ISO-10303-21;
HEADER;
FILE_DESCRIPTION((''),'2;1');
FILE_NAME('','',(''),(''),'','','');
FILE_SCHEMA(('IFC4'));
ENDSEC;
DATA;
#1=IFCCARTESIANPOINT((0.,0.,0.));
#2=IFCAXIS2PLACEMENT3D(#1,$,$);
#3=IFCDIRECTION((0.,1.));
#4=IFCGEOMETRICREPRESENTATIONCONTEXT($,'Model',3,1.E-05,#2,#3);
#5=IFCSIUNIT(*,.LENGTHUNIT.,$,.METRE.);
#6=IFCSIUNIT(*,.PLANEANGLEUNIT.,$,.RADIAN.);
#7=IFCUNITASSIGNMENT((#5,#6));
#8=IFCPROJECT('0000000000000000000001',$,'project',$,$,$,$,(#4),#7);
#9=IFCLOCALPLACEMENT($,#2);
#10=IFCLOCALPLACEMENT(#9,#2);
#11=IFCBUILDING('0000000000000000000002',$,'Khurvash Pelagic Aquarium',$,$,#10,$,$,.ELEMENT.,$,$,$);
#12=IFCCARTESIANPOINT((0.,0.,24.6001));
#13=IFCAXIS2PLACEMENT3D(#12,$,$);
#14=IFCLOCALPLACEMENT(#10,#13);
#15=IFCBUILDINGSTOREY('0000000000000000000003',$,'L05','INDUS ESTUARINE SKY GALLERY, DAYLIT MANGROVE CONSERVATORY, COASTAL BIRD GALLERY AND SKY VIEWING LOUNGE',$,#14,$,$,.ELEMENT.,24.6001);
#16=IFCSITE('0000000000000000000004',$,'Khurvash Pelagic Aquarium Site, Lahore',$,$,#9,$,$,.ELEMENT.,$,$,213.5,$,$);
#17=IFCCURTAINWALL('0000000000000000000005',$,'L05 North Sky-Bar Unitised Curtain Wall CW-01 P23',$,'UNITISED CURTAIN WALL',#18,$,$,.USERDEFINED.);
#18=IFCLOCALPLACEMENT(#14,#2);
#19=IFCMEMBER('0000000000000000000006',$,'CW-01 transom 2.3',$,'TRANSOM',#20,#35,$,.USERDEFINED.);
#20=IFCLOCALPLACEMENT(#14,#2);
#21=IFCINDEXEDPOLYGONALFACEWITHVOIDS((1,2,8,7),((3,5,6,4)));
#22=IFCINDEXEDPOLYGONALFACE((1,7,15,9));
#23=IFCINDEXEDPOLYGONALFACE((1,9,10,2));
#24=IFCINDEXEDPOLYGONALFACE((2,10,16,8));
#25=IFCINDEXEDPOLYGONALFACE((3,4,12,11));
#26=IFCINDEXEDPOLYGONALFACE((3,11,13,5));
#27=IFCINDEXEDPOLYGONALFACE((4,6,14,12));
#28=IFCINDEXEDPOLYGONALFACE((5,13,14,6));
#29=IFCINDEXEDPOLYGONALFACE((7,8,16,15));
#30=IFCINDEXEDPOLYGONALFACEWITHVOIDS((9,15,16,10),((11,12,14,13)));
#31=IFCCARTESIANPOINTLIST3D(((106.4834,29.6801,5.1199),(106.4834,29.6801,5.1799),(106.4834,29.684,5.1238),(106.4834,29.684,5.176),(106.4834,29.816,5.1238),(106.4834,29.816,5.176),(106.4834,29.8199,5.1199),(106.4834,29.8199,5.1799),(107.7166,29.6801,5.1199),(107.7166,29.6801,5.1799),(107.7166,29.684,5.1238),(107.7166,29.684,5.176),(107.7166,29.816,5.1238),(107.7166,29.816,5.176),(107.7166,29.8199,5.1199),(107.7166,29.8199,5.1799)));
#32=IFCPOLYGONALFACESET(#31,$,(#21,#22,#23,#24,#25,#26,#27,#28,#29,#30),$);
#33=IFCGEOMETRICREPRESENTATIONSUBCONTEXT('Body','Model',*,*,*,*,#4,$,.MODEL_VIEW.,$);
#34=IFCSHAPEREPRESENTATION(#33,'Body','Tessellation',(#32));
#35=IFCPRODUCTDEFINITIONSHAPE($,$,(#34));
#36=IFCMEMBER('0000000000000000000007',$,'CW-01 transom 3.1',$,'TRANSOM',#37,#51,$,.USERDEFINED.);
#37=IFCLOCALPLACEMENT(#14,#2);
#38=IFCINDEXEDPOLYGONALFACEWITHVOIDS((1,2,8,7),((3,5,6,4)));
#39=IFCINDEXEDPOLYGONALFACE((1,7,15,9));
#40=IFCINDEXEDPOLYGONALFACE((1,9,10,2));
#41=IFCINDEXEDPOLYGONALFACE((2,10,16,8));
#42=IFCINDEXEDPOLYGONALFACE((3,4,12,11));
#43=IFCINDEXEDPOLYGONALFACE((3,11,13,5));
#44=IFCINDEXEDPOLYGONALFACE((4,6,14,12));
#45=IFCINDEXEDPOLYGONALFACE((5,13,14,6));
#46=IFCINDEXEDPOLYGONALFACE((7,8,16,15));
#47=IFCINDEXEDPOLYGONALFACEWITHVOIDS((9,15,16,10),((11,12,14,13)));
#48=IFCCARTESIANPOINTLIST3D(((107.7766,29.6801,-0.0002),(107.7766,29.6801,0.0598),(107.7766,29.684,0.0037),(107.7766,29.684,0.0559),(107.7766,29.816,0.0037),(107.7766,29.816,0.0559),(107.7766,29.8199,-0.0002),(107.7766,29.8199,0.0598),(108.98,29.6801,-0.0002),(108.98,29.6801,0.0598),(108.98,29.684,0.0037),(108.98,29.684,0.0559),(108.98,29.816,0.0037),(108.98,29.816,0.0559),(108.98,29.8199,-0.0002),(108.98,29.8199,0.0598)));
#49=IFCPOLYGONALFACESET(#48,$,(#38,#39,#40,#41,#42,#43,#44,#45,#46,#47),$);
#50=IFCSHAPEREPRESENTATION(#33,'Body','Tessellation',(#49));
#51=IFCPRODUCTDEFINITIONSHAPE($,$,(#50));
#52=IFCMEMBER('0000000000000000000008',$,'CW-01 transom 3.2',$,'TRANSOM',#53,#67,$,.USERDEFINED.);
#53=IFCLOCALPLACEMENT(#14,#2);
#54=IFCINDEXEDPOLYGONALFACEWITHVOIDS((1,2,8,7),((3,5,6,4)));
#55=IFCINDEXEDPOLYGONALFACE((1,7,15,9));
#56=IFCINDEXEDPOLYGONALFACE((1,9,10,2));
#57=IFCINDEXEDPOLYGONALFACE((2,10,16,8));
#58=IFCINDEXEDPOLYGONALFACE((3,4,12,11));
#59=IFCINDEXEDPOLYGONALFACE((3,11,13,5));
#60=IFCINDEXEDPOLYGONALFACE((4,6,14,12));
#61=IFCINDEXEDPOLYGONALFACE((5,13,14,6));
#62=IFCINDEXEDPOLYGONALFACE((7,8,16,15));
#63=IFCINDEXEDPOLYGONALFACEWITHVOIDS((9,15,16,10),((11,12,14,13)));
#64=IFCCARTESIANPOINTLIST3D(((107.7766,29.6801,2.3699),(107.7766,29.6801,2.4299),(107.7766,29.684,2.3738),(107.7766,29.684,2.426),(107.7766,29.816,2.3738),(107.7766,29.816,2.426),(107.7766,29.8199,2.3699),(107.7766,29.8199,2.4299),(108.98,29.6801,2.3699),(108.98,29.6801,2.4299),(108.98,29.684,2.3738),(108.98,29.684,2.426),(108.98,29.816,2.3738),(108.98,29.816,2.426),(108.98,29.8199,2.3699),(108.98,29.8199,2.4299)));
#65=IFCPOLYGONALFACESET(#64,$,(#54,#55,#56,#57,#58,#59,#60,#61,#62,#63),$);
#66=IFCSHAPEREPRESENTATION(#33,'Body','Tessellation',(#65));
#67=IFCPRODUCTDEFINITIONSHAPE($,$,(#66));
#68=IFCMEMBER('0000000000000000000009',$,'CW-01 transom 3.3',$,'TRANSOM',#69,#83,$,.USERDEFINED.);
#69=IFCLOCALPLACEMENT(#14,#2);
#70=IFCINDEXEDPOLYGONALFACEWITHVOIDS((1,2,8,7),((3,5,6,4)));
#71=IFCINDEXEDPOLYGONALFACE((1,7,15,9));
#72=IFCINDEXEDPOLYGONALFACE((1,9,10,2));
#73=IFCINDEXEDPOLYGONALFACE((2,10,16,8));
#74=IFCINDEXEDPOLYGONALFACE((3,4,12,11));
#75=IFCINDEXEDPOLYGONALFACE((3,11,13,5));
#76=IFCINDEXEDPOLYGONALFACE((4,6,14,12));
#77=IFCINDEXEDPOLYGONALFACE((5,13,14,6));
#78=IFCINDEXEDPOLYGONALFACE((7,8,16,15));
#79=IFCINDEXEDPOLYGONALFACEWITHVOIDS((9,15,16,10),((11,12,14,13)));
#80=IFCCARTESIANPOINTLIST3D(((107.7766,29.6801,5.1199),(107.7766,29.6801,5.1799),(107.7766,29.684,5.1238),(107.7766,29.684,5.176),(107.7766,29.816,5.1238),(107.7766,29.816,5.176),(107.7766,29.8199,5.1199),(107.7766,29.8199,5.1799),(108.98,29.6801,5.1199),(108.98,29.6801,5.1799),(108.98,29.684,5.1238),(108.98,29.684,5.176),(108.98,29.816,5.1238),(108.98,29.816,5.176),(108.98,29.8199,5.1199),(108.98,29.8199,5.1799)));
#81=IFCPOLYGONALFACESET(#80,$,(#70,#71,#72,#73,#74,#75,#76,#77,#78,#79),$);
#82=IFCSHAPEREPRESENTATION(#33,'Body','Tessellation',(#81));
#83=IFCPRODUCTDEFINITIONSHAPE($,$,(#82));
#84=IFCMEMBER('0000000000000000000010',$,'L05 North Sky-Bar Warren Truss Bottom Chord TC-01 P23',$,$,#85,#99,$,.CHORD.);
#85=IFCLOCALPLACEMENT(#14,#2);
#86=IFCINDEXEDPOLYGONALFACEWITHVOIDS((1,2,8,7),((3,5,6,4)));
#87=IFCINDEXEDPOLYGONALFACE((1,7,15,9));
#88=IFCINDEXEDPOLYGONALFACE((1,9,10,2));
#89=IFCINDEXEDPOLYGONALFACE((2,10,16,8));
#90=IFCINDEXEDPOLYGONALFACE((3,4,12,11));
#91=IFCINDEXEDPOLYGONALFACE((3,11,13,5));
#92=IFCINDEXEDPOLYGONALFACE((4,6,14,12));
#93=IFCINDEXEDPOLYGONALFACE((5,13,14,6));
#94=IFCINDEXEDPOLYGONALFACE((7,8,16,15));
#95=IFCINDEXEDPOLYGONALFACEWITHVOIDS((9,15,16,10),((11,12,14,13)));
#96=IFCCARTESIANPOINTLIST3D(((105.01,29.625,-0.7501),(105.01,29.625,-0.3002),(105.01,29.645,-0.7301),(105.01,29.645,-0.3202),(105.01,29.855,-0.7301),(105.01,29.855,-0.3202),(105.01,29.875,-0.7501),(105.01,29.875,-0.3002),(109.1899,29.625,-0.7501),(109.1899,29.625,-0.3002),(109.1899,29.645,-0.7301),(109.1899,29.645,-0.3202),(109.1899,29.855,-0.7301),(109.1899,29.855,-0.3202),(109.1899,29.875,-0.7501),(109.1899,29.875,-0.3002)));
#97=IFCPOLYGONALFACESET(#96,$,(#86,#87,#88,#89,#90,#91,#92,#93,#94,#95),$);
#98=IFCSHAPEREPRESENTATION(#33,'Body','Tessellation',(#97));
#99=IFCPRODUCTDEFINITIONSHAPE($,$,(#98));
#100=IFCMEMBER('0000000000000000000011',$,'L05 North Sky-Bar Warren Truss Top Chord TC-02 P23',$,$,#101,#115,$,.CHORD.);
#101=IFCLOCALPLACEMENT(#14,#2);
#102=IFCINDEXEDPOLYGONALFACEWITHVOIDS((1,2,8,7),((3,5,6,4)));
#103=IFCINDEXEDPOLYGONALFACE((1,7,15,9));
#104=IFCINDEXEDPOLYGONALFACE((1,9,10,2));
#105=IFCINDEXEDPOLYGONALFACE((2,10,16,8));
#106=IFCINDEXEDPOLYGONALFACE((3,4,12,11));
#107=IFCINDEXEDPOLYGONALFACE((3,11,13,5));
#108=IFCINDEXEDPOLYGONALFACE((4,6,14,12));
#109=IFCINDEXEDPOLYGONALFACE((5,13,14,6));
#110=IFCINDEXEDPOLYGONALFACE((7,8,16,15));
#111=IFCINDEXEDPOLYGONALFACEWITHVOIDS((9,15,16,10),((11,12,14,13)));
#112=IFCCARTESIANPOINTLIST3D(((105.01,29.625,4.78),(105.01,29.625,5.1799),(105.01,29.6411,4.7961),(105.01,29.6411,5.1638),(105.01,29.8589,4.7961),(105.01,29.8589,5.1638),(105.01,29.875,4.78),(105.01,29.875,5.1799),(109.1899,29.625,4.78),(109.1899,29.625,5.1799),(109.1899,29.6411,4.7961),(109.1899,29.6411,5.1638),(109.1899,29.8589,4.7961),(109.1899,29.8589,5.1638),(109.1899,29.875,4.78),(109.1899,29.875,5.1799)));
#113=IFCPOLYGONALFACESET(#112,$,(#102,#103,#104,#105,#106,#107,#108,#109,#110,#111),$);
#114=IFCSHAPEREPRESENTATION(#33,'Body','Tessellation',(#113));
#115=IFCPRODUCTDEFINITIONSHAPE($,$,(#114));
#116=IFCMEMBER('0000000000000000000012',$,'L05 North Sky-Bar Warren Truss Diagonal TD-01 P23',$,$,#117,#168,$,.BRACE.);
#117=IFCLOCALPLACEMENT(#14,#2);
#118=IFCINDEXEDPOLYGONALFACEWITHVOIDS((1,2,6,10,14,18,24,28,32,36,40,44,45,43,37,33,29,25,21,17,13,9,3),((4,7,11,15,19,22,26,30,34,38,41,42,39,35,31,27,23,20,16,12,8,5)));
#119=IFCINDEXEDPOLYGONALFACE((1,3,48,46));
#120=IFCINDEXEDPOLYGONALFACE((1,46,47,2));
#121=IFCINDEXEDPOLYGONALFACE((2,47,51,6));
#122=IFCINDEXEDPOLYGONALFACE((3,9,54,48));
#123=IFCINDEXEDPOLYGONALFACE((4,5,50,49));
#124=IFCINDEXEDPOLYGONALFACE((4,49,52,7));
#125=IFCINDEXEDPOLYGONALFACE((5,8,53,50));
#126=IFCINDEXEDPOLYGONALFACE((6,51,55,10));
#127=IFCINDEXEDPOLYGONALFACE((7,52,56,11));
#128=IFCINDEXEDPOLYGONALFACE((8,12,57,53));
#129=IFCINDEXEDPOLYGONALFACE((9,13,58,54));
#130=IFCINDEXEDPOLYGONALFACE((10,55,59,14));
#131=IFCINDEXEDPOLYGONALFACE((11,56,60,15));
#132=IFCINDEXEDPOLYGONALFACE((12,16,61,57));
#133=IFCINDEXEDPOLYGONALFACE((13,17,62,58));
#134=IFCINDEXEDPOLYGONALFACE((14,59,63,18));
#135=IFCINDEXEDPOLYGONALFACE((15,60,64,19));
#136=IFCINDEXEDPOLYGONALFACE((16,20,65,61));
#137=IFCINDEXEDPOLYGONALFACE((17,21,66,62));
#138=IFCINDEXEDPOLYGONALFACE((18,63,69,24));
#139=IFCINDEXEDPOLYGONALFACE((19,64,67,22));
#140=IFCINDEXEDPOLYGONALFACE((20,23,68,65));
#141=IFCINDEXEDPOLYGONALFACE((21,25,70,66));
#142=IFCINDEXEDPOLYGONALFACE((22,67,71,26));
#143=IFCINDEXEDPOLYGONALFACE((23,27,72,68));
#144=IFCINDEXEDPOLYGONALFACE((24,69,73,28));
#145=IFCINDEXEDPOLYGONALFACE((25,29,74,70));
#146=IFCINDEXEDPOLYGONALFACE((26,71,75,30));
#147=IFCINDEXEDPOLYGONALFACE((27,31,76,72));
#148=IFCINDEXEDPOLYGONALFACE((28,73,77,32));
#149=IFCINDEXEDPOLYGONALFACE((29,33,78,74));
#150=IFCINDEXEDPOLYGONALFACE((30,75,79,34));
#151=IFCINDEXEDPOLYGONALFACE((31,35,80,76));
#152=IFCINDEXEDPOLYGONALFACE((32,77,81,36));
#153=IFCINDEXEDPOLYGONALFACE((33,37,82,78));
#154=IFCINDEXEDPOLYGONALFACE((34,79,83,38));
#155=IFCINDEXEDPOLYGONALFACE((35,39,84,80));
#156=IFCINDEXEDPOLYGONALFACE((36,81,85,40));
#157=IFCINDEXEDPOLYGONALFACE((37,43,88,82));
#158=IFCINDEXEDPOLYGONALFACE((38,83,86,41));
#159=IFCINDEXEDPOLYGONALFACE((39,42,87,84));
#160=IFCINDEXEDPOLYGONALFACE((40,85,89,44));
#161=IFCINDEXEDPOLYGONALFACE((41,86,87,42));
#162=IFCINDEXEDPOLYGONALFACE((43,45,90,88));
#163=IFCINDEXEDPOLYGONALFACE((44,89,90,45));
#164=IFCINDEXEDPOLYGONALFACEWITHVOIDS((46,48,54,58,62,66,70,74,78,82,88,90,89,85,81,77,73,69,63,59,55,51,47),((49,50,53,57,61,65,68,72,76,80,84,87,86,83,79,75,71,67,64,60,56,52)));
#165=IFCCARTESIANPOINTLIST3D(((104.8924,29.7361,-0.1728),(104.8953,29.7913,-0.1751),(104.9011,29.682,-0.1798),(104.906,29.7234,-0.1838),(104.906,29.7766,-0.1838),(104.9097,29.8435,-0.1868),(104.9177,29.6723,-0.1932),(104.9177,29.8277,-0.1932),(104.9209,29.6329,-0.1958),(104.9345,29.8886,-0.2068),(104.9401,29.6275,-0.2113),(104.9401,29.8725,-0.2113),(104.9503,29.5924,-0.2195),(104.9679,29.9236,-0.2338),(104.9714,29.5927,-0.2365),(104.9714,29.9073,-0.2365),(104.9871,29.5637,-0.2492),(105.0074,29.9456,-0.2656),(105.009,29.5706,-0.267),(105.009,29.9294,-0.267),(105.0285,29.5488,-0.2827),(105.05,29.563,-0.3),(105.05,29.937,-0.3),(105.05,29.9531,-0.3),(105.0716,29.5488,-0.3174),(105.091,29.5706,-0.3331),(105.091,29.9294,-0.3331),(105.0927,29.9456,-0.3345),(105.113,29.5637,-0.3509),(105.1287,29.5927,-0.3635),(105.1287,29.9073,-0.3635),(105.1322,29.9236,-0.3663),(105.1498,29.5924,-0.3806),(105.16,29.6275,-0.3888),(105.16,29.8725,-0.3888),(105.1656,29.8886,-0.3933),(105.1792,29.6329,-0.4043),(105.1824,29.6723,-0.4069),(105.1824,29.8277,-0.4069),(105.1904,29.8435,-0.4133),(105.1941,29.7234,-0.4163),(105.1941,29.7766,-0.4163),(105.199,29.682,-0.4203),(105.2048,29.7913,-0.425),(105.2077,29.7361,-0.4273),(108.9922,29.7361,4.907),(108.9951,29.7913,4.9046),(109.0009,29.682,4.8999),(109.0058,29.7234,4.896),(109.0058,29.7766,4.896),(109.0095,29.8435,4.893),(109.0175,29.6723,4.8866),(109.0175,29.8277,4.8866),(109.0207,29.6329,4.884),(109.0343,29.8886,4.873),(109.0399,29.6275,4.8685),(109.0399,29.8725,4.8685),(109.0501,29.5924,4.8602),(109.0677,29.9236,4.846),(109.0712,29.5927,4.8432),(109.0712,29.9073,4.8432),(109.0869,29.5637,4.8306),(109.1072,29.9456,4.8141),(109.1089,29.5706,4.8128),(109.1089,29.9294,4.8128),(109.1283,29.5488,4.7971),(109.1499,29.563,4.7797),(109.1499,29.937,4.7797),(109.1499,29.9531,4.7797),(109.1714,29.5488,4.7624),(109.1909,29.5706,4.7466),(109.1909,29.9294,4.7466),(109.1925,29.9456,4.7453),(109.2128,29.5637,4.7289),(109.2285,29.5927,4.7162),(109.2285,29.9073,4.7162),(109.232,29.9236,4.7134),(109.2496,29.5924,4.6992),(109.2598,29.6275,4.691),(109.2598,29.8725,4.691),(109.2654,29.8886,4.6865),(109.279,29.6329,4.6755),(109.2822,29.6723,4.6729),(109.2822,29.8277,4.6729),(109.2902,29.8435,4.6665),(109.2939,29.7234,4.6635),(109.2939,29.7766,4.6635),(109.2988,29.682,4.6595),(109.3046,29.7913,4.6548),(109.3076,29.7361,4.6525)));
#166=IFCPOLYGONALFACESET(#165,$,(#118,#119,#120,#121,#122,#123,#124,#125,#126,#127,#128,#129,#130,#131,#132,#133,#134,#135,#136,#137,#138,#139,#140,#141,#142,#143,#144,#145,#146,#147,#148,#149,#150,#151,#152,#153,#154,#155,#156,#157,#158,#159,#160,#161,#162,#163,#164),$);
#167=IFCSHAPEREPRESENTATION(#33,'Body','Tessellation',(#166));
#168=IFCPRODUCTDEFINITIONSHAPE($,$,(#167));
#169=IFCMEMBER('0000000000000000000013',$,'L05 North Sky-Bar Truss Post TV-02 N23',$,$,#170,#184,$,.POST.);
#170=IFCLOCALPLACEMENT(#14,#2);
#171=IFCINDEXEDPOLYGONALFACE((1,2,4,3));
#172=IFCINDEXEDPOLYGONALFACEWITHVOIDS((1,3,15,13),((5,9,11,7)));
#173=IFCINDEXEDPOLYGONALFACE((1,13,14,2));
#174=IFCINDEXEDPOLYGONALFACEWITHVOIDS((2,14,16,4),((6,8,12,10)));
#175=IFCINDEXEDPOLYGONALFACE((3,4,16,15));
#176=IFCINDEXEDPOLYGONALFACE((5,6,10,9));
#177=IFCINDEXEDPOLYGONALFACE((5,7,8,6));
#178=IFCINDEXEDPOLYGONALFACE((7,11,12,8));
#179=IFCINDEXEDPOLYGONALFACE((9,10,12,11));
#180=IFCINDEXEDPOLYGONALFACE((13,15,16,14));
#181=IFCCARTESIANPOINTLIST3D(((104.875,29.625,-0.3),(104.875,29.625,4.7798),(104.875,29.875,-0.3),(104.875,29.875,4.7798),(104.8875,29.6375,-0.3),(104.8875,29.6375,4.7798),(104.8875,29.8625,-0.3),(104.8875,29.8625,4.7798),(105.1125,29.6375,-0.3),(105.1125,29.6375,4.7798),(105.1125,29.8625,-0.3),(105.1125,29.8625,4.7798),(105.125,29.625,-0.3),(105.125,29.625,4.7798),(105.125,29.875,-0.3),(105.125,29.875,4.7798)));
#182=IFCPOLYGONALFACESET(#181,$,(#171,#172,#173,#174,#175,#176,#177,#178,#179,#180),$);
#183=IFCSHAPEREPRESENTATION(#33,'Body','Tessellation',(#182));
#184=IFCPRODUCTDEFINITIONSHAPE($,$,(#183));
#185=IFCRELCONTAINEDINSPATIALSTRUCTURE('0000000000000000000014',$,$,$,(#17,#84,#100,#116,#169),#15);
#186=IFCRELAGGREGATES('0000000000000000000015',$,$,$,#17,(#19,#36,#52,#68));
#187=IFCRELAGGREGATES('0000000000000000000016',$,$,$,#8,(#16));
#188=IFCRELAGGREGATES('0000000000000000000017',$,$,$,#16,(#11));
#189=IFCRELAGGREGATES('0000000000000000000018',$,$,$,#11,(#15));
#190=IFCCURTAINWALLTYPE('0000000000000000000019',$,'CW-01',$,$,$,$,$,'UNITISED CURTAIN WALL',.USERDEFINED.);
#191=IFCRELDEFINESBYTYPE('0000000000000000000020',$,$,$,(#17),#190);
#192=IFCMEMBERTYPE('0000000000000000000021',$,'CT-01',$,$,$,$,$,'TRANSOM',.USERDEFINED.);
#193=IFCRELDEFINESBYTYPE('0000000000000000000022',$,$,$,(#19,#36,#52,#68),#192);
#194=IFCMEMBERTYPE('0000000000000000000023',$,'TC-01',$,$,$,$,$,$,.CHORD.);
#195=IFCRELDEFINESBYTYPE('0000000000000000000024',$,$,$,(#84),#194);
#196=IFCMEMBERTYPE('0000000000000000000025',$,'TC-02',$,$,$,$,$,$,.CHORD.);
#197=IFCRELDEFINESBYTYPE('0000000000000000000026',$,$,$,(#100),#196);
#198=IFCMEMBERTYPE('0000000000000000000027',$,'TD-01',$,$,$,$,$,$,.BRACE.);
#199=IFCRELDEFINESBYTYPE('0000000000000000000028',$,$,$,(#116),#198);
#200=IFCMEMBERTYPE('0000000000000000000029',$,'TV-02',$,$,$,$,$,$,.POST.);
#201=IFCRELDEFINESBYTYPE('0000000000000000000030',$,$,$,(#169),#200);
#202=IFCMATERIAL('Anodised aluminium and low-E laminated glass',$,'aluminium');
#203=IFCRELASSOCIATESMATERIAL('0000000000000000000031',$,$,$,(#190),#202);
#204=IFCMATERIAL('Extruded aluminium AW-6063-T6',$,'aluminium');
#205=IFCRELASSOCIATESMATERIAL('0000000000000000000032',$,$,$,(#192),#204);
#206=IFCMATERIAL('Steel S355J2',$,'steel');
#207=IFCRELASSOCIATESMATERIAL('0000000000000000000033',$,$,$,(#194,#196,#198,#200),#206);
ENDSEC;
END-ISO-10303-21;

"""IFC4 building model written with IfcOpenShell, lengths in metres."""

from ifc_helpers import new_model, si_unit, direction, frame, origin, origin_2d, place, context, subcontext, project, spatial, hollow_rectangle, hollow_circle, extrude, material, material_profile, profile_set, type_object, element, aggregate, save


model = new_model("IFC4")

# Units and contexts
model_context = context("Model", 3, precision=1e-05, world=origin(), true_north=direction((0.0, 1.0)))
body_context = subcontext(model_context, "Body", "Model", "MODEL_VIEW")
ifc_project = project(units=[si_unit("LENGTHUNIT", "METRE"), si_unit("PLANEANGLEUNIT", "RADIAN")], contexts=[model_context])

# Site, building, storey
site_placement = place(None, origin())
site = spatial("IfcSite", under=ifc_project, at=site_placement, Name="Khurvash Pelagic Aquarium Site, Lahore", CompositionType="ELEMENT", RefElevation=213.5)
building_placement = place(site_placement, origin())
building = spatial("IfcBuilding", under=site, at=building_placement, Name="Khurvash Pelagic Aquarium", CompositionType="ELEMENT")
storey_placement = place(building_placement, frame((0.0, 0.0, 24.6001)))
storey = spatial("IfcBuildingStorey", under=building, at=storey_placement, Name="L05", Description="INDUS ESTUARINE SKY GALLERY, DAYLIT MANGROVE CONSERVATORY, COASTAL BIRD GALLERY AND SKY VIEWING LOUNGE", CompositionType="ELEMENT", Elevation=24.6001)

# Shared definitions
ifc_material_1 = material(Name="Anodised aluminium and low-E laminated glass", Category="aluminium")
curtain_wall_type = type_object("IfcCurtainWallType", Name="CW-01", ElementType="UNITISED CURTAIN WALL", PredefinedType="USERDEFINED", material=ifc_material_1)
ifc_material_2 = material(Name="Extruded aluminium AW-6063-T6", Category="aluminium")

# Curtain wall
curtain_wall_1_placement = place(storey_placement, origin())
curtain_wall_1 = element("IfcCurtainWall", 1, at=curtain_wall_1_placement, inside=storey, type_object=curtain_wall_type, Name="L05 North Sky-Bar Unitised Curtain Wall CW-01 P23", ObjectType="UNITISED CURTAIN WALL", PredefinedType="USERDEFINED")

# Members
ifc_material_profile_1 = material_profile(ifc_material_2, hollow_rectangle(XDim=0.1399, YDim=0.0601, WallThickness=0.0039, at=origin_2d()), Name="CWT140X60X4")
ifc_profile_set_1 = profile_set([ifc_material_profile_1], Name="Extruded aluminium AW-6063-T6")
member_type_1 = type_object("IfcMemberType", Name="CT-01", ElementType="TRANSOM", PredefinedType="USERDEFINED", material=ifc_profile_set_1)
member_1_placement = place(storey_placement, frame((106.4834, 29.75, 5.1499), z_axis=(1.0, 0.0, 0.0), x_axis=(0.0, 1.0, 0.0)))
member_1 = element("IfcMember", 2, at=member_1_placement, type_object=member_type_1, Name="CW-01 transom 2.3", ObjectType="TRANSOM", PredefinedType="USERDEFINED", context=body_context, shape_type="SweptSolid", body=[
    extrude(hollow_rectangle(XDim=0.1399, YDim=0.0601, WallThickness=0.0039, at=origin_2d()), origin(), (0.0, 0.0, 1.0), 1.2332),
])
member_2_placement = place(storey_placement, frame((107.7766, 29.75, 0.0298), z_axis=(1.0, 0.0, 0.0), x_axis=(0.0, 1.0, 0.0)))
member_2 = element("IfcMember", 3, at=member_2_placement, type_object=member_type_1, Name="CW-01 transom 3.1", ObjectType="TRANSOM", PredefinedType="USERDEFINED", context=body_context, shape_type="SweptSolid", body=[
    extrude(hollow_rectangle(XDim=0.1399, YDim=0.0601, WallThickness=0.0039, at=origin_2d()), origin(), (0.0, 0.0, 1.0), 1.2034),
])
member_3_placement = place(storey_placement, frame((107.7766, 29.75, 2.3999), z_axis=(1.0, 0.0, 0.0), x_axis=(0.0, 1.0, 0.0)))
member_3 = element("IfcMember", 4, at=member_3_placement, type_object=member_type_1, Name="CW-01 transom 3.2", ObjectType="TRANSOM", PredefinedType="USERDEFINED", context=body_context, shape_type="SweptSolid", body=[
    extrude(hollow_rectangle(XDim=0.1399, YDim=0.0601, WallThickness=0.0039, at=origin_2d()), origin(), (0.0, 0.0, 1.0), 1.2034),
])
member_4_placement = place(storey_placement, frame((107.7766, 29.75, 5.1499), z_axis=(1.0, 0.0, 0.0), x_axis=(0.0, 1.0, 0.0)))
member_4 = element("IfcMember", 5, at=member_4_placement, type_object=member_type_1, Name="CW-01 transom 3.3", ObjectType="TRANSOM", PredefinedType="USERDEFINED", context=body_context, shape_type="SweptSolid", body=[
    extrude(hollow_rectangle(XDim=0.1399, YDim=0.0601, WallThickness=0.0039, at=origin_2d()), origin(), (0.0, 0.0, 1.0), 1.2034),
])

# Members
ifc_material_3 = material(Name="Steel S355J2", Category="steel")
ifc_material_profile_2 = material_profile(ifc_material_3, hollow_rectangle(XDim=0.25, YDim=0.45, WallThickness=0.02, at=origin_2d()), Name="RHS450X250X20")
ifc_profile_set_2 = profile_set([ifc_material_profile_2], Name="Steel S355J2")
member_type_2 = type_object("IfcMemberType", Name="TC-01", PredefinedType="CHORD", material=ifc_profile_set_2)
member_5_placement = place(storey_placement, frame((105.01, 29.75, -0.5251), z_axis=(1.0, 0.0, 0.0), x_axis=(0.0, 1.0, 0.0)))
element("IfcMember", 6, at=member_5_placement, inside=storey, type_object=member_type_2, Name="L05 North Sky-Bar Warren Truss Bottom Chord TC-01 P23", PredefinedType="CHORD", context=body_context, shape_type="SweptSolid", body=[
    extrude(hollow_rectangle(XDim=0.25, YDim=0.45, WallThickness=0.02, at=origin_2d()), origin(), (0.0, 0.0, 1.0), 4.1799),
])
ifc_material_profile_3 = material_profile(ifc_material_3, hollow_rectangle(XDim=0.25, YDim=0.3999, WallThickness=0.0161, at=origin_2d()), Name="RHS400X250X16")
ifc_profile_set_3 = profile_set([ifc_material_profile_3], Name="Steel S355J2")
member_type_3 = type_object("IfcMemberType", Name="TC-02", PredefinedType="CHORD", material=ifc_profile_set_3)
member_6_placement = place(storey_placement, frame((105.01, 29.75, 4.98), z_axis=(1.0, 0.0, 0.0), x_axis=(0.0, 1.0, 0.0)))
element("IfcMember", 7, at=member_6_placement, inside=storey, type_object=member_type_3, Name="L05 North Sky-Bar Warren Truss Top Chord TC-02 P23", PredefinedType="CHORD", context=body_context, shape_type="SweptSolid", body=[
    extrude(hollow_rectangle(XDim=0.25, YDim=0.3999, WallThickness=0.0161, at=origin_2d()), origin(), (0.0, 0.0, 1.0), 4.1799),
])
ifc_material_profile_4 = material_profile(ifc_material_3, hollow_circle(Radius=0.2031, WallThickness=0.0161, at=origin_2d()), Name="CHS406X16")
ifc_profile_set_4 = profile_set([ifc_material_profile_4], Name="Steel S355J2")
member_type_4 = type_object("IfcMemberType", Name="TD-01", PredefinedType="BRACE", material=ifc_profile_set_4)
member_7_placement = place(storey_placement, frame((105.05, 29.75, -0.3), z_axis=(0.628051, 0.0, 0.778172), x_axis=(0.0, 1.0, 0.0)))
element("IfcMember", 8, at=member_7_placement, inside=storey, type_object=member_type_4, Name="L05 North Sky-Bar Warren Truss Diagonal TD-01 P23", PredefinedType="BRACE", context=body_context, shape_type="SweptSolid", body=[
    extrude(hollow_circle(Radius=0.2031, WallThickness=0.0161, at=origin_2d()), origin(), (0.0, 0.0, 1.0), 6.5278),
])
ifc_material_profile_5 = material_profile(ifc_material_3, hollow_rectangle(XDim=0.25, YDim=0.25, WallThickness=0.0125, at=origin_2d()), Name="SHS250X250X12")
ifc_profile_set_5 = profile_set([ifc_material_profile_5], Name="Steel S355J2")
member_type_5 = type_object("IfcMemberType", Name="TV-02", PredefinedType="POST", material=ifc_profile_set_5)
member_8_placement = place(storey_placement, frame((105.0, 29.75, -0.3), z_axis=(0.0, 0.0, 1.0), x_axis=(1.0, 0.0, 0.0)))
element("IfcMember", 9, at=member_8_placement, inside=storey, type_object=member_type_5, Name="L05 North Sky-Bar Truss Post TV-02 N23", PredefinedType="POST", context=body_context, shape_type="SweptSolid", body=[
    extrude(hollow_rectangle(XDim=0.25, YDim=0.25, WallThickness=0.0125, at=origin_2d()), origin(), (0.0, 0.0, 1.0), 5.0798),
])

aggregate(curtain_wall_1, [member_1, member_2, member_3, member_4])

save(model, "model.ifc")
